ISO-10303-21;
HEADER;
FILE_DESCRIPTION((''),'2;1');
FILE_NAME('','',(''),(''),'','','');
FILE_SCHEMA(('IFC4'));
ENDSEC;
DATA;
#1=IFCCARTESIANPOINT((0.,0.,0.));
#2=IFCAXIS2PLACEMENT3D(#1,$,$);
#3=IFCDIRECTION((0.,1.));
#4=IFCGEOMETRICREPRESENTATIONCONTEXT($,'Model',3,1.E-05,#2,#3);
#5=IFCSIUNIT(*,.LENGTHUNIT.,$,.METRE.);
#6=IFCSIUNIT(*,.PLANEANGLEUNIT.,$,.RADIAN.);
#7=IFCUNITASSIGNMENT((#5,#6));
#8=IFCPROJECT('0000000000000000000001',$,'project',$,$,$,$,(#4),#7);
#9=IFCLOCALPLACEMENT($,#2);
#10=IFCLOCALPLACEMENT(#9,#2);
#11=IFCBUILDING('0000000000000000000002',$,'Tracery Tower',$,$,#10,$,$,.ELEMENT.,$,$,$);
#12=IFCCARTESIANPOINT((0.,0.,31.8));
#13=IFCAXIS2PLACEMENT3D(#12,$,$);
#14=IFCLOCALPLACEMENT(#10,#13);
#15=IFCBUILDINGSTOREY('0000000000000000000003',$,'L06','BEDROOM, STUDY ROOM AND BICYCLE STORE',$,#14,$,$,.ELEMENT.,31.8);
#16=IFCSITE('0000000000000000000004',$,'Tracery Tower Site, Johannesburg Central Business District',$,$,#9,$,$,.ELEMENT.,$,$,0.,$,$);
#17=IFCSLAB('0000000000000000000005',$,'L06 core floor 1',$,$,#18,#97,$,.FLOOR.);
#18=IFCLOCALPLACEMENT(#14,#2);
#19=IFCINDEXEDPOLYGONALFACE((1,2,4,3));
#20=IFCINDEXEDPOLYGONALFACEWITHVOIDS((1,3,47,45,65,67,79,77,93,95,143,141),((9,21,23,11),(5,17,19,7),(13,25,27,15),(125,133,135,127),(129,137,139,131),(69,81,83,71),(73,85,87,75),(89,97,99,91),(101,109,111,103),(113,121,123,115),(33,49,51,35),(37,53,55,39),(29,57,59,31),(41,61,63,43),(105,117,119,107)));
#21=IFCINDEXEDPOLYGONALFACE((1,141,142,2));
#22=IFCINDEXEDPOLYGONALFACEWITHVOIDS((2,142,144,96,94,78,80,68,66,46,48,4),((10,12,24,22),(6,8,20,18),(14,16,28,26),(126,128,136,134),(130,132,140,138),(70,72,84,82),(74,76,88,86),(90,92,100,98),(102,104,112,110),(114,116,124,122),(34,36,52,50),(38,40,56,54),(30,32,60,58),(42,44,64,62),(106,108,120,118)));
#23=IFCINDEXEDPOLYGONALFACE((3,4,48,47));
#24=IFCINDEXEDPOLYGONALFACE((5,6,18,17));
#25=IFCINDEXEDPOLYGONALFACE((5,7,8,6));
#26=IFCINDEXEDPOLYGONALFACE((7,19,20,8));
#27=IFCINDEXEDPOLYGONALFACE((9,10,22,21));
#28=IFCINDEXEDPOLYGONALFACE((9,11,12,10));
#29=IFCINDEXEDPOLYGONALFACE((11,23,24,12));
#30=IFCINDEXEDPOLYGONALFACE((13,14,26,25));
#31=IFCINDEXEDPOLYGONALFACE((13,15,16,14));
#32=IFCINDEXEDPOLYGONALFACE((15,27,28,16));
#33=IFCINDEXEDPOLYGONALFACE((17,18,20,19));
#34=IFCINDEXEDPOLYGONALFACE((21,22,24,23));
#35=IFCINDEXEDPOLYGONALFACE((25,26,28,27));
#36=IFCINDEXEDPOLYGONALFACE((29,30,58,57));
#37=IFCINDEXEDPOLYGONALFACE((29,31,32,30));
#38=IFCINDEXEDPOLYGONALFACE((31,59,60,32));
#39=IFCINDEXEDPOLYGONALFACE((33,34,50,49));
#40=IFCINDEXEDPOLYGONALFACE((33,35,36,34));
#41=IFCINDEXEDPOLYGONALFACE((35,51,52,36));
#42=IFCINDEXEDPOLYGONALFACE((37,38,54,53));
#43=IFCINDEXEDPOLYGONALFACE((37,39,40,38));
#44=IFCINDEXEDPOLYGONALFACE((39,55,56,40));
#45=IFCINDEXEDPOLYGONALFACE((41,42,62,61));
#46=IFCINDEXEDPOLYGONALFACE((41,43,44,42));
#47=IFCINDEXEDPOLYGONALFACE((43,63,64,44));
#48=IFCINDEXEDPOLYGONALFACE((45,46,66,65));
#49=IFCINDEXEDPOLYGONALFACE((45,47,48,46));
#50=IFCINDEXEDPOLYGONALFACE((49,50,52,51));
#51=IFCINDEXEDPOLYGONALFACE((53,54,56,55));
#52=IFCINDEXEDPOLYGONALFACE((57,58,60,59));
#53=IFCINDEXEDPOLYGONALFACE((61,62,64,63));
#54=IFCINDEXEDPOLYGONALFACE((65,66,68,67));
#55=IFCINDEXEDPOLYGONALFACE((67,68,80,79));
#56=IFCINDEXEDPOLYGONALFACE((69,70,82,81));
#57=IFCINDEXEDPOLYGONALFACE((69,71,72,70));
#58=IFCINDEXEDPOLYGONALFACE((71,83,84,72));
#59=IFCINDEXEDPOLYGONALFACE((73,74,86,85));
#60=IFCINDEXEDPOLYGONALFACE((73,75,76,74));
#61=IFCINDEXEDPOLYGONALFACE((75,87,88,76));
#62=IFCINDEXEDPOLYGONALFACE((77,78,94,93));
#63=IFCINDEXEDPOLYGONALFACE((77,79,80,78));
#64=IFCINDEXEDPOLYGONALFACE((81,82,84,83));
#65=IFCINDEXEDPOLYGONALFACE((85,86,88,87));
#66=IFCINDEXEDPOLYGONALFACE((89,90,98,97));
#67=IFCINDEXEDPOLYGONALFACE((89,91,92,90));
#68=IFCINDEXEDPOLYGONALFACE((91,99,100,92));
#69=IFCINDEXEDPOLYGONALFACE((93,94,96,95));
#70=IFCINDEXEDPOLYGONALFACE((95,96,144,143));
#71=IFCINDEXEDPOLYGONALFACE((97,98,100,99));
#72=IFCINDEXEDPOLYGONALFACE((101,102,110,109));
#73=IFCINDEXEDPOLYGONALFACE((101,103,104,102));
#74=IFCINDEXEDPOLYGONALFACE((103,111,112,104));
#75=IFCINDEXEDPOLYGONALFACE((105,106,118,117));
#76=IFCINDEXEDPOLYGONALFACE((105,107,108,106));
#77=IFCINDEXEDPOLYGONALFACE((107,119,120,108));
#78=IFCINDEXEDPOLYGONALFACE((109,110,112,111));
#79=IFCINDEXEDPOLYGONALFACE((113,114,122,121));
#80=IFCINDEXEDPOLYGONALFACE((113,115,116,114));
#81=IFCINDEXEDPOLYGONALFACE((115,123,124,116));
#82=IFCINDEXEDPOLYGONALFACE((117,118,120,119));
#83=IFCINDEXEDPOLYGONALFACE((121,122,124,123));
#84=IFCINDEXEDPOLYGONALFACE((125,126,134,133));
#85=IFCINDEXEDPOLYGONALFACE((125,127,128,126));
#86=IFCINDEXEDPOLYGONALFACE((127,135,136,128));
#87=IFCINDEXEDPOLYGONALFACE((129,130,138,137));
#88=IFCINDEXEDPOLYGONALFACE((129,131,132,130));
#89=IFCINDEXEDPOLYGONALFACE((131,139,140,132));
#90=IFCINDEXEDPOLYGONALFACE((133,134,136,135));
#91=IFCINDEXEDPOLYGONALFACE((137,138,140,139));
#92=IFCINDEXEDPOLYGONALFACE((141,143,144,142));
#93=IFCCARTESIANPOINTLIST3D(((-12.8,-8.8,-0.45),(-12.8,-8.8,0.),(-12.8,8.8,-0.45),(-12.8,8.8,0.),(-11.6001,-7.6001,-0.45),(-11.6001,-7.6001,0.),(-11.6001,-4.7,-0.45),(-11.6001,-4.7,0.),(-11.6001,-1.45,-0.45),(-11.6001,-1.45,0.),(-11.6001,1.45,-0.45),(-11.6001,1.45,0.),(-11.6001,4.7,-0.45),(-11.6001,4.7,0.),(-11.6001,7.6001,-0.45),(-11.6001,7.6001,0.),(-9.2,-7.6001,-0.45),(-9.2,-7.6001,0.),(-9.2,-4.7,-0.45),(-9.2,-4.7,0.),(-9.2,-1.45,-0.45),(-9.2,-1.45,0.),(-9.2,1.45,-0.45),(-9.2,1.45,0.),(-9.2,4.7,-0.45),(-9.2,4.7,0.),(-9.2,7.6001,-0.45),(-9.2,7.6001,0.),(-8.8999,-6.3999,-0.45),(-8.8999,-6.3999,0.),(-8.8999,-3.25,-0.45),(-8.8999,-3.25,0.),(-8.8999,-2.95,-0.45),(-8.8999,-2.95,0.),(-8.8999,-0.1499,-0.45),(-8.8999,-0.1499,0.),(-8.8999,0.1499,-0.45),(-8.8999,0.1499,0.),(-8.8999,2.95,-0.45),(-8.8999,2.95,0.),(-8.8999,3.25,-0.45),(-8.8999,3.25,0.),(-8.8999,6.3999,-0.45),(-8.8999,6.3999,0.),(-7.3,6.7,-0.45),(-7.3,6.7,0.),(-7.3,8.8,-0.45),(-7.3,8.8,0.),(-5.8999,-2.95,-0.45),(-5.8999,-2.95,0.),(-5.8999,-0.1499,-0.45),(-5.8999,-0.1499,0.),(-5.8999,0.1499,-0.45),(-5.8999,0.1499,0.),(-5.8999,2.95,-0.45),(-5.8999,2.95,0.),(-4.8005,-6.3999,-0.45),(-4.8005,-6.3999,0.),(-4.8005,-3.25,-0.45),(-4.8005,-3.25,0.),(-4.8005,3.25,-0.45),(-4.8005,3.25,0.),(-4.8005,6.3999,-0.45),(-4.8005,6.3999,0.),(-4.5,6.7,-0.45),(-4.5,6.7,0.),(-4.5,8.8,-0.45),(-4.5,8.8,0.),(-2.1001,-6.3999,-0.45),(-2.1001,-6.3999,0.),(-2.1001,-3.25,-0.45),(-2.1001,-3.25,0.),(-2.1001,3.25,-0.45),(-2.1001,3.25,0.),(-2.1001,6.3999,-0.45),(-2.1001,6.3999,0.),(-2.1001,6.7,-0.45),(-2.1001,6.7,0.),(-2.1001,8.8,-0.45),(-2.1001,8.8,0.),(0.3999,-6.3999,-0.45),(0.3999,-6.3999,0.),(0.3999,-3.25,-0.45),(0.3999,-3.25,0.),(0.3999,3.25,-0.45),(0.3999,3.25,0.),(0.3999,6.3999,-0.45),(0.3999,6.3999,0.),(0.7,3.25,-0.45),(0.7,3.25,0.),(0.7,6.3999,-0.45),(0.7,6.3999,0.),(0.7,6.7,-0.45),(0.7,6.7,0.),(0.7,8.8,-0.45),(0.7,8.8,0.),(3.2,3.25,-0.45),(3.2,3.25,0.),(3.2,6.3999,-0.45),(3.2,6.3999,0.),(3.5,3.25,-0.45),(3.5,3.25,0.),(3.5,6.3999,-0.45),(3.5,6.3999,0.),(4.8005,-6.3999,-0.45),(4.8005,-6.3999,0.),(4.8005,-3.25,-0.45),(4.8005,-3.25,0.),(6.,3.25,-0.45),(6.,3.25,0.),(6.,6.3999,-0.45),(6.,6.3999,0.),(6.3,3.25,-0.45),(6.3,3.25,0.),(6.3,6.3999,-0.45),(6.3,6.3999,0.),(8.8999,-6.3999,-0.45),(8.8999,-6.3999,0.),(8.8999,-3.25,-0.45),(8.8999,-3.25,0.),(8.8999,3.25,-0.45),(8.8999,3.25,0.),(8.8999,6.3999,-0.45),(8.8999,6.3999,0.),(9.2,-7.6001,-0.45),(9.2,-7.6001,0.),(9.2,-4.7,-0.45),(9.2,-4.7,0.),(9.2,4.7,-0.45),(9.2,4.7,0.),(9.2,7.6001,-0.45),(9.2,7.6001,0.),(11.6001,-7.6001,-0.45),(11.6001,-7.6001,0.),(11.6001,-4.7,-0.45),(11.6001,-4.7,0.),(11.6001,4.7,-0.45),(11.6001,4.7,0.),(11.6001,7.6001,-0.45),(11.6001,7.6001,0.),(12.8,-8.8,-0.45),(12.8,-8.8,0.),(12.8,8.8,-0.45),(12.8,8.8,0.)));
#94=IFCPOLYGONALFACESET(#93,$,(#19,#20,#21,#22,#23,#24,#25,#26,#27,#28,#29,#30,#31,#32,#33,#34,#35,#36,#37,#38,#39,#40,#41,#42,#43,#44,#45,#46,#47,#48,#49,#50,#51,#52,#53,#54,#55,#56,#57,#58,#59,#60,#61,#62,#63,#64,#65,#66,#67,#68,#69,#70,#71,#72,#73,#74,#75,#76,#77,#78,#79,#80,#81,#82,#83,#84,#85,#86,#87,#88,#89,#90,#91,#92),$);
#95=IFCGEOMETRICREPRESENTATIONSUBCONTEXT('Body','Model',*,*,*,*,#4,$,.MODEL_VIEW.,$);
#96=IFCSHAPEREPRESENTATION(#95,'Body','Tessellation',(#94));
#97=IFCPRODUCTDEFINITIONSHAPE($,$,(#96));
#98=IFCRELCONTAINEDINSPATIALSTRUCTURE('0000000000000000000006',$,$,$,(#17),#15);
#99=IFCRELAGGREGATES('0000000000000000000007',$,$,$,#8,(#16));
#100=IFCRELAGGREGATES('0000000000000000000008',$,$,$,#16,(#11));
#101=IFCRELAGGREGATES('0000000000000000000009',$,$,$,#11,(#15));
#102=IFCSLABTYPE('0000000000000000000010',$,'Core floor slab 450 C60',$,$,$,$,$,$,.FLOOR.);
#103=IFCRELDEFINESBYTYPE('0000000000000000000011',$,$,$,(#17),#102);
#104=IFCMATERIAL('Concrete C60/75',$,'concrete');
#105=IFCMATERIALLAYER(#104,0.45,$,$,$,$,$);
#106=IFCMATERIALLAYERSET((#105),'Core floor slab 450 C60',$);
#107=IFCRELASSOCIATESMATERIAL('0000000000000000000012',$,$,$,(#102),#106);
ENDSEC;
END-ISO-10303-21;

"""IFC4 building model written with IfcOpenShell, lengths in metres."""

from ifc_helpers import new_model, si_unit, direction, frame, origin, place, context, subcontext, project, spatial, polyline, outline, extrude, material, layer, layer_set, type_object, element, save


model = new_model("IFC4")

# Units and contexts
model_context = context("Model", 3, precision=1e-05, world=origin(), true_north=direction((0.0, 1.0)))
body_context = subcontext(model_context, "Body", "Model", "MODEL_VIEW")
ifc_project = project(units=[si_unit("LENGTHUNIT", "METRE"), si_unit("PLANEANGLEUNIT", "RADIAN")], contexts=[model_context])

# Site, building, storey
site_placement = place(None, origin())
site = spatial("IfcSite", under=ifc_project, at=site_placement, Name="Tracery Tower Site, Johannesburg Central Business District", CompositionType="ELEMENT", RefElevation=0.0)
building_placement = place(site_placement, origin())
building = spatial("IfcBuilding", under=site, at=building_placement, Name="Tracery Tower", CompositionType="ELEMENT")
storey_placement = place(building_placement, frame((0.0, 0.0, 31.8)))
storey = spatial("IfcBuildingStorey", under=building, at=storey_placement, Name="L06", Description="BEDROOM, STUDY ROOM AND BICYCLE STORE", CompositionType="ELEMENT", Elevation=31.8)

# Slab
ifc_material_1 = material(Name="Concrete C60/75", Category="concrete")
ifc_layer_1 = layer(ifc_material_1, 0.45)
ifc_layer_set_1 = layer_set([ifc_layer_1], Name="Core floor slab 450 C60")
slab_type_1 = type_object("IfcSlabType", Name="Core floor slab 450 C60", PredefinedType="FLOOR", material=ifc_layer_set_1)
slab_1_placement = place(storey_placement, frame((0.0, 0.0, -0.45)))
element("IfcSlab", 1, at=slab_1_placement, inside=storey, type_object=slab_type_1, Name="L06 core floor 1", PredefinedType="FLOOR", context=body_context, shape_type="SweptSolid", body=[
    extrude(outline(polyline([(-12.8, 8.8), (-7.3, 8.8), (-7.3, 6.7), (-4.5, 6.7), (-4.5, 8.8), (-2.1001, 8.8), (-2.1001, 6.7), (0.7, 6.7), (0.7, 8.8), (12.8, 8.8), (12.8, -8.8), (-12.8, -8.8), (-12.8, 8.8)]), holes=[polyline([(11.6001, -7.6001), (11.6001, -4.7), (9.2, -4.7), (9.2, -7.6001), (11.6001, -7.6001)]), polyline([(11.6001, 4.7), (11.6001, 7.6001), (9.2, 7.6001), (9.2, 4.7), (11.6001, 4.7)]), polyline([(4.8005, -3.25), (4.8005, -6.3999), (8.8999, -6.3999), (8.8999, -3.25), (4.8005, -3.25)]), polyline([(6.3, 3.25), (8.8999, 3.25), (8.8999, 6.3999), (6.3, 6.3999), (6.3, 3.25)]), polyline([(3.5, 3.25), (6.0, 3.25), (6.0, 6.3999), (3.5, 6.3999), (3.5, 3.25)]), polyline([(3.2, 3.25), (3.2, 6.3999), (0.7, 6.3999), (0.7, 3.25), (3.2, 3.25)]), polyline([(-2.1001, 3.25), (0.3999, 3.25), (0.3999, 6.3999), (-2.1001, 6.3999), (-2.1001, 3.25)]), polyline([(0.3999, -6.3999), (0.3999, -3.25), (-2.1001, -3.25), (-2.1001, -6.3999), (0.3999, -6.3999)]), polyline([(-4.8005, -3.25), (-8.8999, -3.25), (-8.8999, -6.3999), (-4.8005, -6.3999), (-4.8005, -3.25)]), polyline([(-4.8005, 6.3999), (-8.8999, 6.3999), (-8.8999, 3.25), (-4.8005, 3.25), (-4.8005, 6.3999)]), polyline([(-8.8999, -2.95), (-5.8999, -2.95), (-5.8999, -0.1499), (-8.8999, -0.1499), (-8.8999, -2.95)]), polyline([(-5.8999, 0.1499), (-5.8999, 2.95), (-8.8999, 2.95), (-8.8999, 0.1499), (-5.8999, 0.1499)]), polyline([(-11.6001, 4.7), (-9.2, 4.7), (-9.2, 7.6001), (-11.6001, 7.6001), (-11.6001, 4.7)]), polyline([(-9.2, -7.6001), (-9.2, -4.7), (-11.6001, -4.7), (-11.6001, -7.6001), (-9.2, -7.6001)]), polyline([(-9.2, -1.45), (-9.2, 1.45), (-11.6001, 1.45), (-11.6001, -1.45), (-9.2, -1.45)])]), origin(), (0.0, 0.0, 1.0), 0.45),
])

save(model, "model.ifc")
